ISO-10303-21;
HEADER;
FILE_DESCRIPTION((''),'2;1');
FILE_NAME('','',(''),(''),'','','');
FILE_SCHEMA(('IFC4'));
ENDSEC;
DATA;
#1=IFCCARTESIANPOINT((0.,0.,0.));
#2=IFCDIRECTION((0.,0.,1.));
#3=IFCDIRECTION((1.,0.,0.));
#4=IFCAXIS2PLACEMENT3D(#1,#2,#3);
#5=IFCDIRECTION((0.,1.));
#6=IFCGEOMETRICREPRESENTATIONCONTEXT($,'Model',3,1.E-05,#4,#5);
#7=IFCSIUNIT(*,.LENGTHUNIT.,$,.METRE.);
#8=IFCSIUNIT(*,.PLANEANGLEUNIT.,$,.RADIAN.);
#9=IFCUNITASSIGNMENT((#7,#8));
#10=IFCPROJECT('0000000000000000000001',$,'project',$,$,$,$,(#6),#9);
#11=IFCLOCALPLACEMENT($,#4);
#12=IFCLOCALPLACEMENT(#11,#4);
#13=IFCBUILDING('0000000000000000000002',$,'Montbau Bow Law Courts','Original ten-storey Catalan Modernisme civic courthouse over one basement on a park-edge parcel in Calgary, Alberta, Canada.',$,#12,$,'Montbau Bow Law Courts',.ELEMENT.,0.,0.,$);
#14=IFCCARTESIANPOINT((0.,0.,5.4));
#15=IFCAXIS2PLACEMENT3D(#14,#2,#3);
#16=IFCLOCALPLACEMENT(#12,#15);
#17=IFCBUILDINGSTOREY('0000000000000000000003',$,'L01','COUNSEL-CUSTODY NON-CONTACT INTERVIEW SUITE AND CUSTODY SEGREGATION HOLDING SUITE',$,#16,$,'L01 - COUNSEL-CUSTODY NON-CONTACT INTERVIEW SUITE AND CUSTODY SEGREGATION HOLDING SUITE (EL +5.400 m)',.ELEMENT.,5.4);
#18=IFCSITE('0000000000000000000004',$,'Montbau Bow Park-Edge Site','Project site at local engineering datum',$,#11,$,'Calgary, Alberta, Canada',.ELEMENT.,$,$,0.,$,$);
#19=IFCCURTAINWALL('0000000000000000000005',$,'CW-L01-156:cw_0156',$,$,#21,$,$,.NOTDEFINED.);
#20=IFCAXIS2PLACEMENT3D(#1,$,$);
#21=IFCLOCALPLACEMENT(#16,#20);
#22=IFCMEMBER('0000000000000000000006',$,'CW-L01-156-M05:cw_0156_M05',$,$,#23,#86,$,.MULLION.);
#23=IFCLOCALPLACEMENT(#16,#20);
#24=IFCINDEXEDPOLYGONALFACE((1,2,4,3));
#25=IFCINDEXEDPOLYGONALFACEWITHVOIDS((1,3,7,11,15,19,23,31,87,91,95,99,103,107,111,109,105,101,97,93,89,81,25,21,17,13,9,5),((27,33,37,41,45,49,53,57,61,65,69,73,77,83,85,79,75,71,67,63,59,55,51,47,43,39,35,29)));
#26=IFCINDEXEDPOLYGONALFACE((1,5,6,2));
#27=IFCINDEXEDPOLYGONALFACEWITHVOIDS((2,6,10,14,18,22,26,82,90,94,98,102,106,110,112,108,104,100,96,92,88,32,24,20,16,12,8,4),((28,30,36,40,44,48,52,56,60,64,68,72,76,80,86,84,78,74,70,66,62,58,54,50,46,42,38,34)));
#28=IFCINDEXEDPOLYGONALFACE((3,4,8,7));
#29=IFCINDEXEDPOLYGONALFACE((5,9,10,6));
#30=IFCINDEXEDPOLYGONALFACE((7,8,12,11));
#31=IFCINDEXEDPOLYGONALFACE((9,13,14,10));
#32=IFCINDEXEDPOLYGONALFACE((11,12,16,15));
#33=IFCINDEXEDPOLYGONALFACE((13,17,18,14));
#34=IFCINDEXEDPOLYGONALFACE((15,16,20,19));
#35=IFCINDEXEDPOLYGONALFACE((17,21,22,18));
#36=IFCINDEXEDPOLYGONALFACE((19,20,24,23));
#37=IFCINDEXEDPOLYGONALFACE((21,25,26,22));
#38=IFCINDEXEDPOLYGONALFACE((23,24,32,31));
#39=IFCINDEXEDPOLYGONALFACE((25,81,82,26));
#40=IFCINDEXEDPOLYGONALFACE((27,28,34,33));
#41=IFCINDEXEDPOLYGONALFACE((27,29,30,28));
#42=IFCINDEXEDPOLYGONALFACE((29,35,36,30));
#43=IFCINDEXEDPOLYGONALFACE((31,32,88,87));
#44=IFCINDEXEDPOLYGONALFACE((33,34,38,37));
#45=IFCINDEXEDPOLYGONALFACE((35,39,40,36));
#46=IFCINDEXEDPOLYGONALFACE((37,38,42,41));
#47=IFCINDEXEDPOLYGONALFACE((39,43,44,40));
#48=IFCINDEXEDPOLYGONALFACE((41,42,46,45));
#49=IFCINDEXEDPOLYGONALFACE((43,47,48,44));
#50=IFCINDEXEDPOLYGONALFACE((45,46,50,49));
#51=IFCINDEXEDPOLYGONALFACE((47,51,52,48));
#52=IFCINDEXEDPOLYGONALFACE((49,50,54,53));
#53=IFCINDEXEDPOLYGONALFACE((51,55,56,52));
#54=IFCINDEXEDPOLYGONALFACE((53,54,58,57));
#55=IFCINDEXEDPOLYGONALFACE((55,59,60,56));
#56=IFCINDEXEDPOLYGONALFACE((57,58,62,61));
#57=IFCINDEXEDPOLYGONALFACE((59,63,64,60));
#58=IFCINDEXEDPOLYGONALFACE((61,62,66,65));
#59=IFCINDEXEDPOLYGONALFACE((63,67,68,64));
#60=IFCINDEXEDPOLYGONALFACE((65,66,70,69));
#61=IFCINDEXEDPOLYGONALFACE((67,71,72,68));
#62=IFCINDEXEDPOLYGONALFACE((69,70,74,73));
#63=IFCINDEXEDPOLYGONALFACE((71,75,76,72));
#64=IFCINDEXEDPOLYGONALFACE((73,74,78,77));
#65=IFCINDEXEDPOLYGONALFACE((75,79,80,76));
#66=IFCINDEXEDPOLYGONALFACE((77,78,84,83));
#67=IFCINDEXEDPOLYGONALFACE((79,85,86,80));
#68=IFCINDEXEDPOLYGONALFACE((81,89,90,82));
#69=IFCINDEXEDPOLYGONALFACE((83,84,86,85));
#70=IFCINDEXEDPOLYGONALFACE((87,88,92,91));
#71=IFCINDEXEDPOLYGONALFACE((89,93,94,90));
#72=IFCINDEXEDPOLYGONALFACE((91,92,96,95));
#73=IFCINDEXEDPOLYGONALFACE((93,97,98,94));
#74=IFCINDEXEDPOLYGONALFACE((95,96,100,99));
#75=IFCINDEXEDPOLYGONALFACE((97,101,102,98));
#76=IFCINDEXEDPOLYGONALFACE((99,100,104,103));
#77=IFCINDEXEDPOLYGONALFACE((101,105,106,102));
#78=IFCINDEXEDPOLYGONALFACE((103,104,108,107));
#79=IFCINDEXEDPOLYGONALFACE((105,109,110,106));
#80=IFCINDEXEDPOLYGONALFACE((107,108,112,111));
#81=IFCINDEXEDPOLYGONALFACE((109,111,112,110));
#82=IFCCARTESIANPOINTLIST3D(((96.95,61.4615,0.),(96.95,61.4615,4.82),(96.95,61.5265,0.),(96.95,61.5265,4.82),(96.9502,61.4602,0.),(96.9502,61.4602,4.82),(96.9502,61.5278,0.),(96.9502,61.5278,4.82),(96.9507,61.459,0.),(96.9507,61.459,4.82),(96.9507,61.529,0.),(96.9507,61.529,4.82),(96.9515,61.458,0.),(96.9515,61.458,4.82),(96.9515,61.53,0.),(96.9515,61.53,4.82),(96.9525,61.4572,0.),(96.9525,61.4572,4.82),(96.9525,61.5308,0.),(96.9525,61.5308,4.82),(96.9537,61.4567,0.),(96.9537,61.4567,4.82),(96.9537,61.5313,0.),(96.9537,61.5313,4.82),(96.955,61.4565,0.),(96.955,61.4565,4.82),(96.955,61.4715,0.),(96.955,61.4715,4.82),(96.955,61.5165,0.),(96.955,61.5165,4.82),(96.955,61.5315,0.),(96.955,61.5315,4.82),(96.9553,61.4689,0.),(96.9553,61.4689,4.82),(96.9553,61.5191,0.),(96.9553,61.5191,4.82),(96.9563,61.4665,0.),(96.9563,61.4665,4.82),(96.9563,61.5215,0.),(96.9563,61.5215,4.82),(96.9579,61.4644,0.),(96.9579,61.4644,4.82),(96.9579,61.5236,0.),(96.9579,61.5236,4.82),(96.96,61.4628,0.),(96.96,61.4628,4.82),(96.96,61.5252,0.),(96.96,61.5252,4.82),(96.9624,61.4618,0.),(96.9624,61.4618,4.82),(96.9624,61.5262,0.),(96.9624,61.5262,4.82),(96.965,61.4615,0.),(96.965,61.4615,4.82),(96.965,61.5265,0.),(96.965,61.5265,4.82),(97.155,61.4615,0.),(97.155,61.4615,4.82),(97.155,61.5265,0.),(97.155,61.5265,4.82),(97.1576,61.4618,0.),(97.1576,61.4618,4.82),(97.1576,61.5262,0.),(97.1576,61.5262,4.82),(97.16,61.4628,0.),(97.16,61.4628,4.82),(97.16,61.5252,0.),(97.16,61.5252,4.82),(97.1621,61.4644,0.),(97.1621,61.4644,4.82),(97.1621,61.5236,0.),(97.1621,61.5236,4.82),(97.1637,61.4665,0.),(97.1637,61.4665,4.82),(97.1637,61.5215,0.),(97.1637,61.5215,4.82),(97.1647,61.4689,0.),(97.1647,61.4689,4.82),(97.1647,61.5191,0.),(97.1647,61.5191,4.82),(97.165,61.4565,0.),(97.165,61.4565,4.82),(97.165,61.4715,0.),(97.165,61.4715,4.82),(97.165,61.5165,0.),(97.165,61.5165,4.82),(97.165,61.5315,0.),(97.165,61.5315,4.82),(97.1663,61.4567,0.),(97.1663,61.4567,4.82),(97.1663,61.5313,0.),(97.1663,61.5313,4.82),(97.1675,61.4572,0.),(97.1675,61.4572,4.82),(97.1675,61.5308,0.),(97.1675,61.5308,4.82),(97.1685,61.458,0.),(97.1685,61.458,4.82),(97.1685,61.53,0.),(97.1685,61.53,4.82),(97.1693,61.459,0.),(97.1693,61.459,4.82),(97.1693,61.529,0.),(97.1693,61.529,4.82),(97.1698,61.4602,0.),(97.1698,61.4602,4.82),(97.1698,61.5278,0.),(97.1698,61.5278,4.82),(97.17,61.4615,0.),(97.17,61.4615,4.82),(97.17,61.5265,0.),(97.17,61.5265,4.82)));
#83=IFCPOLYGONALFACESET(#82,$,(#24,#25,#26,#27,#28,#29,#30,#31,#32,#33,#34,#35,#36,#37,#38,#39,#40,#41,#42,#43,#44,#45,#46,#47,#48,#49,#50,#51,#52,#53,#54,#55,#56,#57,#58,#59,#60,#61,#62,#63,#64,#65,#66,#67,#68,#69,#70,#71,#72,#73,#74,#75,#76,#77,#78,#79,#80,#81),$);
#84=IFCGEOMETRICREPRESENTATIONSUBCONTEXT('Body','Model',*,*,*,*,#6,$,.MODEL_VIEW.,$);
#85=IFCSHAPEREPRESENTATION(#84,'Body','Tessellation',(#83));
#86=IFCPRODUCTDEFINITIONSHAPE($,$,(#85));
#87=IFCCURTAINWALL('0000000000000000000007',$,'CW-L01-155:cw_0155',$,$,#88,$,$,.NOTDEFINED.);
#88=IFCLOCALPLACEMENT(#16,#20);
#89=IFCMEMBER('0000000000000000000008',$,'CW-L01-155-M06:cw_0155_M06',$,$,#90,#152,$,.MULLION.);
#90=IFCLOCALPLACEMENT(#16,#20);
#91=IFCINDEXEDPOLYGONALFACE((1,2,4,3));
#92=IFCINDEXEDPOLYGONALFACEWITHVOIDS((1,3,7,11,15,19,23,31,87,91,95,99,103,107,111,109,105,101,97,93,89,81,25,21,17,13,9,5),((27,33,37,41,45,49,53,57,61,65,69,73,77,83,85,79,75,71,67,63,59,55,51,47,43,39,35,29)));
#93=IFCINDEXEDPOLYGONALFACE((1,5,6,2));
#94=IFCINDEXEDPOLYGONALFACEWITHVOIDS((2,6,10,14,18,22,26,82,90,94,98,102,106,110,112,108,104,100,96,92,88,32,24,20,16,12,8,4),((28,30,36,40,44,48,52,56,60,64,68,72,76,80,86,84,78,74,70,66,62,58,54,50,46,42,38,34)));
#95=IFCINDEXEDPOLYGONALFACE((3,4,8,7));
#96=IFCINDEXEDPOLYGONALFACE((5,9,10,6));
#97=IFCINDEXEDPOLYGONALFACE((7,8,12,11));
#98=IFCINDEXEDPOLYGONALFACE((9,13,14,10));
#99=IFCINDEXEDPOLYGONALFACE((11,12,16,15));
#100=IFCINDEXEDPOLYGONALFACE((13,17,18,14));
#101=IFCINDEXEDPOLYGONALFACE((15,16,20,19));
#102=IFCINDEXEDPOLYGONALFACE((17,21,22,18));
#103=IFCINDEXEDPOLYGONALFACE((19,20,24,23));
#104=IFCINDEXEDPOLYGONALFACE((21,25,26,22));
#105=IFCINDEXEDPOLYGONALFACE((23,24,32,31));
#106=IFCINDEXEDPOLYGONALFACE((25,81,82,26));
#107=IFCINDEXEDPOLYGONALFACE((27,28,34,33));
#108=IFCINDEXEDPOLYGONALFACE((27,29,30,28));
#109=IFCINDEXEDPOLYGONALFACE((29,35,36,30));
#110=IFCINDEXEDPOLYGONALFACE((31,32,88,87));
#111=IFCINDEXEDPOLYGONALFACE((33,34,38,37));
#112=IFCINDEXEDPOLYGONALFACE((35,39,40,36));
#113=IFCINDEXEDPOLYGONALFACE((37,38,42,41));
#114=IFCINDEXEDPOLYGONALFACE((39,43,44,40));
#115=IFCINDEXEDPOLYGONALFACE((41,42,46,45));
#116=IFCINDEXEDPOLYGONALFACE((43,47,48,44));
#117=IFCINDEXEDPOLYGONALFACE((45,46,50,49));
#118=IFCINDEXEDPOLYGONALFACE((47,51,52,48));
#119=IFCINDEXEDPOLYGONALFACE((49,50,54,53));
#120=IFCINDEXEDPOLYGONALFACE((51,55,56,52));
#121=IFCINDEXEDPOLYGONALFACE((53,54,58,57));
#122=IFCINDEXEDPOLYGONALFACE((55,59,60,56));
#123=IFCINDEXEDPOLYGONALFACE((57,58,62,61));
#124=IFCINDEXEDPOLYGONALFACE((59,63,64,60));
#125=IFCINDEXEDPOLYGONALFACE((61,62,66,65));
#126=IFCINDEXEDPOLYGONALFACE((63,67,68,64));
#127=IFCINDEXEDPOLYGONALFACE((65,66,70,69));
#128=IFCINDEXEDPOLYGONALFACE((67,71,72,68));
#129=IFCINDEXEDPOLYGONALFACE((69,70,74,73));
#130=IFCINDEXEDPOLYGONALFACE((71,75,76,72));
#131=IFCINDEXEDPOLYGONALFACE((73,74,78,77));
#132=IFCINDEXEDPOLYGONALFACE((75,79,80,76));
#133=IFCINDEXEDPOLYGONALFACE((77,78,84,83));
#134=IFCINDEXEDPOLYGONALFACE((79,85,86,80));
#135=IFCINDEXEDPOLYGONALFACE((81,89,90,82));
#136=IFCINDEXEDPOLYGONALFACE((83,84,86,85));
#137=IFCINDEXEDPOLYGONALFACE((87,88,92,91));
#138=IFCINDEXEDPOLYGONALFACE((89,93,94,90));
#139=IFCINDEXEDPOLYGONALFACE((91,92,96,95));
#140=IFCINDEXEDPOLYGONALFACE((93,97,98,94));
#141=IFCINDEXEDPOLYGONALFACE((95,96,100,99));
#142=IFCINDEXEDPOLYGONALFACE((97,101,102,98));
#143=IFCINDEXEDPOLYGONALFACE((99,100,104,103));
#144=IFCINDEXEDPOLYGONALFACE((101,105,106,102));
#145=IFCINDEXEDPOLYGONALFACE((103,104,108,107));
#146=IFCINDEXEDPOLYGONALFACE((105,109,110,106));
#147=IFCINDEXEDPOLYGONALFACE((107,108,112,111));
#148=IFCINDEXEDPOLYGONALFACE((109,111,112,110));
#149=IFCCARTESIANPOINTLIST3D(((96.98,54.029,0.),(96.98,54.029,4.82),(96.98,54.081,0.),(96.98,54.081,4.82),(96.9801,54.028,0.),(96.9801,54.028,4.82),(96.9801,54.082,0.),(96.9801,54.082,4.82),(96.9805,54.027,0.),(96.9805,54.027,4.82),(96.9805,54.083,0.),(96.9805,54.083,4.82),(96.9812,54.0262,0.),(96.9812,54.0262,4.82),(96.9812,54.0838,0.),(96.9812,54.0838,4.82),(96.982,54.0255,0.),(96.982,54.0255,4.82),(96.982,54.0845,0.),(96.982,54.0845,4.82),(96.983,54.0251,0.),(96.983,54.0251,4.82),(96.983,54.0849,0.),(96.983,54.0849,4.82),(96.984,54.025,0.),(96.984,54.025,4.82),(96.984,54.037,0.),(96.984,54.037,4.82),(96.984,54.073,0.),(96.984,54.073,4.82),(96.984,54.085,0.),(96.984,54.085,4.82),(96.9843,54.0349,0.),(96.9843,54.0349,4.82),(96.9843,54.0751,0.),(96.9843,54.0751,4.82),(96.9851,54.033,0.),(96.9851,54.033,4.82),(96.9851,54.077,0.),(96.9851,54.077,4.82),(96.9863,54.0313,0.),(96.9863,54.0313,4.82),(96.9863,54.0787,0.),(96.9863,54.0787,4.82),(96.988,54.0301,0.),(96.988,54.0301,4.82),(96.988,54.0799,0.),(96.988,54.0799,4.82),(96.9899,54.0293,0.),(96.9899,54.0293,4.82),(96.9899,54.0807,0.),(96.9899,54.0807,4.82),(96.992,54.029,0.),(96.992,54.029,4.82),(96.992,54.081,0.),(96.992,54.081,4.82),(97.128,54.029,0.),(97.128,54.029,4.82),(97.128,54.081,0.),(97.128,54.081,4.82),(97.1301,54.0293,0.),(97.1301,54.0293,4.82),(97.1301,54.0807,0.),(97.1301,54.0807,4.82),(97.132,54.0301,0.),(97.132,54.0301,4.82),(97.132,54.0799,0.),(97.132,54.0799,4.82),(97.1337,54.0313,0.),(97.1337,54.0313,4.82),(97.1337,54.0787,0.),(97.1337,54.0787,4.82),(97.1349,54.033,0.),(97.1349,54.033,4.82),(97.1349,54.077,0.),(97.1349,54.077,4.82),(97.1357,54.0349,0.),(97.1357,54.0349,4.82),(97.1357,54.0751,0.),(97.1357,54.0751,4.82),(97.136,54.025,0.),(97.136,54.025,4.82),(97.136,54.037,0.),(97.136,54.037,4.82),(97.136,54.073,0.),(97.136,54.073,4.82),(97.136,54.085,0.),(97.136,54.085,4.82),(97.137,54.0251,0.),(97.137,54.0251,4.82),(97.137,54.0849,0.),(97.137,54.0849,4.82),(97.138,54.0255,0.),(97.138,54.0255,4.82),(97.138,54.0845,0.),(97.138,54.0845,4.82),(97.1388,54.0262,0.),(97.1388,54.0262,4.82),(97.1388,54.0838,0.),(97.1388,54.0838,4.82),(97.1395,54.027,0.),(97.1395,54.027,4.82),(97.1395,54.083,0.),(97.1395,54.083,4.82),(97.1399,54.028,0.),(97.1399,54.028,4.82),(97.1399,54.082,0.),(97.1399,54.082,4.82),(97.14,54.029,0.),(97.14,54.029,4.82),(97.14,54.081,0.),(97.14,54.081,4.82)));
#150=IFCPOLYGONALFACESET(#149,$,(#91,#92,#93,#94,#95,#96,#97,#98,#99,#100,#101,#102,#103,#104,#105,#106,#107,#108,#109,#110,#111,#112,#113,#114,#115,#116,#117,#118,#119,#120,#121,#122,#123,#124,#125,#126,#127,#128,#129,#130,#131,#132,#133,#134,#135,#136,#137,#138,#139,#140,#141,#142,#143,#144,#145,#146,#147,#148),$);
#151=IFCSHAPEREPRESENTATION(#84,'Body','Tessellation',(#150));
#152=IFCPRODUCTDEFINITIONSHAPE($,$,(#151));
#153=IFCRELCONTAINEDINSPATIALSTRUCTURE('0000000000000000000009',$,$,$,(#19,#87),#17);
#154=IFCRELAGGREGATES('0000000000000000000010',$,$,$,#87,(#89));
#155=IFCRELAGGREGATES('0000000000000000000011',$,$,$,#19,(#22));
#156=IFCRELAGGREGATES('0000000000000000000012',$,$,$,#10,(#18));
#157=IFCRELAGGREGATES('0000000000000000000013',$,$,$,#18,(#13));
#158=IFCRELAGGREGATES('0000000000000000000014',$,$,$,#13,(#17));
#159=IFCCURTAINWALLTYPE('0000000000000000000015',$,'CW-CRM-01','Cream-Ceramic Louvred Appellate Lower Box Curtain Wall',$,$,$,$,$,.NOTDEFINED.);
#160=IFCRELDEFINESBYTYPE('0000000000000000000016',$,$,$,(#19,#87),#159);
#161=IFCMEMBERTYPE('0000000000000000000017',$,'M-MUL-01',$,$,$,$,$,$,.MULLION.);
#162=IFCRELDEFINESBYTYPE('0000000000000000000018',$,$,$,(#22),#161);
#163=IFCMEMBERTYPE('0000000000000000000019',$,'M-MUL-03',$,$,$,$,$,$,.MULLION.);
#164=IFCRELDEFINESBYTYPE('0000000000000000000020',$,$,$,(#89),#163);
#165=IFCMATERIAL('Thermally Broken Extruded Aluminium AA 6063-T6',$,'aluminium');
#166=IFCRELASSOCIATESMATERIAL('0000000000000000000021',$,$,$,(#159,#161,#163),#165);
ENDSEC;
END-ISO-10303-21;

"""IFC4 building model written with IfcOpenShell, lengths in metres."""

from ifc_helpers import new_model, si_unit, direction, frame, origin_with_axes, origin_2d_with_axis, place, context, subcontext, project, spatial, hollow_rectangle, extrude, material, material_profile, profile_set, type_object, element, aggregate, save


model = new_model("IFC4")

# Units and contexts
model_context = context("Model", 3, precision=1e-05, world=origin_with_axes(), true_north=direction((0.0, 1.0)))
body_context = subcontext(model_context, "Body", "Model", "MODEL_VIEW")
ifc_project = project(units=[si_unit("LENGTHUNIT", "METRE"), si_unit("PLANEANGLEUNIT", "RADIAN")], contexts=[model_context])

# Site, building, storey
site_placement = place(None, origin_with_axes())
site = spatial("IfcSite", under=ifc_project, at=site_placement, Name="Montbau Bow Park-Edge Site", Description="Project site at local engineering datum", LongName="Calgary, Alberta, Canada", CompositionType="ELEMENT", RefElevation=0.0)
building_placement = place(site_placement, origin_with_axes())
building = spatial("IfcBuilding", under=site, at=building_placement, Name="Montbau Bow Law Courts", Description="Original ten-storey Catalan Modernisme civic courthouse over one basement on a park-edge parcel in Calgary, Alberta, Canada.", LongName="Montbau Bow Law Courts", CompositionType="ELEMENT", ElevationOfRefHeight=0.0, ElevationOfTerrain=0.0)
storey_placement = place(building_placement, frame((0.0, 0.0, 5.4), z_axis=(0.0, 0.0, 1.0), x_axis=(1.0, 0.0, 0.0)))
storey = spatial("IfcBuildingStorey", under=building, at=storey_placement, Name="L01", Description="COUNSEL-CUSTODY NON-CONTACT INTERVIEW SUITE AND CUSTODY SEGREGATION HOLDING SUITE", LongName="L01 - COUNSEL-CUSTODY NON-CONTACT INTERVIEW SUITE AND CUSTODY SEGREGATION HOLDING SUITE (EL +5.400 m)", CompositionType="ELEMENT", Elevation=5.4)

# Curtain wall, member
ifc_material_1 = material(Name="Thermally Broken Extruded Aluminium AA 6063-T6", Category="aluminium")
curtain_wall_type = type_object("IfcCurtainWallType", Name="CW-CRM-01", Description="Cream-Ceramic Louvred Appellate Lower Box Curtain Wall", PredefinedType="NOTDEFINED", material=ifc_material_1)
curtain_wall_1_placement = place(None, frame((97.06, 55.115, 5.4), z_axis=(0.0, 0.0, 1.0), x_axis=(1.0, 0.0, 0.0)))
curtain_wall_1 = element("IfcCurtainWall", 1, at=curtain_wall_1_placement, inside=storey, type_object=curtain_wall_type, Name="CW-L01-156:cw_0156", PredefinedType="NOTDEFINED")
ifc_material_profile_1 = material_profile(ifc_material_1, hollow_rectangle(XDim=0.075, YDim=0.22, WallThickness=0.005, InnerFilletRadius=0.01, OuterFilletRadius=0.005, at=origin_2d_with_axis()), Name="CWM-220X75", Category="Main", Priority=0)
ifc_profile_set_1 = profile_set([ifc_material_profile_1], Name="Thermally Broken Extruded Aluminium AA 6063-T6")
member_type_1 = type_object("IfcMemberType", Name="M-MUL-01", PredefinedType="MULLION", material=ifc_profile_set_1)
member_1_placement = place(None, frame((97.06, 61.494, 5.4), z_axis=(0.0, 0.0, 1.0), x_axis=(0.0, 1.0, 0.0)))
member_1 = element("IfcMember", 2, at=member_1_placement, type_object=member_type_1, Name="CW-L01-156-M05:cw_0156_M05", PredefinedType="MULLION", context=body_context, shape_type="SweptSolid", body=[
    extrude(hollow_rectangle(XDim=0.075, YDim=0.22, WallThickness=0.005, InnerFilletRadius=0.01, OuterFilletRadius=0.005, at=origin_2d_with_axis()), origin_with_axes(), (0.0, 0.0, 1.0), 4.82),
])

# Curtain wall, member
curtain_wall_2_placement = place(None, frame((97.06, 46.715, 5.4), z_axis=(0.0, 0.0, 1.0), x_axis=(1.0, 0.0, 0.0)))
curtain_wall_2 = element("IfcCurtainWall", 3, at=curtain_wall_2_placement, inside=storey, type_object=curtain_wall_type, Name="CW-L01-155:cw_0155", PredefinedType="NOTDEFINED")
ifc_material_profile_2 = material_profile(ifc_material_1, hollow_rectangle(XDim=0.06, YDim=0.16, WallThickness=0.004, InnerFilletRadius=0.008, OuterFilletRadius=0.004, at=origin_2d_with_axis()), Name="CWM-160X60", Category="Main", Priority=0)
ifc_profile_set_2 = profile_set([ifc_material_profile_2], Name="Thermally Broken Extruded Aluminium AA 6063-T6")
member_type_2 = type_object("IfcMemberType", Name="M-MUL-03", PredefinedType="MULLION", material=ifc_profile_set_2)
member_2_placement = place(None, frame((97.06, 54.055, 5.4), z_axis=(0.0, 0.0, 1.0), x_axis=(0.0, 1.0, 0.0)))
member_2 = element("IfcMember", 4, at=member_2_placement, type_object=member_type_2, Name="CW-L01-155-M06:cw_0155_M06", PredefinedType="MULLION", context=body_context, shape_type="SweptSolid", body=[
    extrude(hollow_rectangle(XDim=0.06, YDim=0.16, WallThickness=0.004, InnerFilletRadius=0.008, OuterFilletRadius=0.004, at=origin_2d_with_axis()), origin_with_axes(), (0.0, 0.0, 1.0), 4.82),
])

aggregate(curtain_wall_2, [member_2])
aggregate(curtain_wall_1, [member_1])

save(model, "model.ifc")
